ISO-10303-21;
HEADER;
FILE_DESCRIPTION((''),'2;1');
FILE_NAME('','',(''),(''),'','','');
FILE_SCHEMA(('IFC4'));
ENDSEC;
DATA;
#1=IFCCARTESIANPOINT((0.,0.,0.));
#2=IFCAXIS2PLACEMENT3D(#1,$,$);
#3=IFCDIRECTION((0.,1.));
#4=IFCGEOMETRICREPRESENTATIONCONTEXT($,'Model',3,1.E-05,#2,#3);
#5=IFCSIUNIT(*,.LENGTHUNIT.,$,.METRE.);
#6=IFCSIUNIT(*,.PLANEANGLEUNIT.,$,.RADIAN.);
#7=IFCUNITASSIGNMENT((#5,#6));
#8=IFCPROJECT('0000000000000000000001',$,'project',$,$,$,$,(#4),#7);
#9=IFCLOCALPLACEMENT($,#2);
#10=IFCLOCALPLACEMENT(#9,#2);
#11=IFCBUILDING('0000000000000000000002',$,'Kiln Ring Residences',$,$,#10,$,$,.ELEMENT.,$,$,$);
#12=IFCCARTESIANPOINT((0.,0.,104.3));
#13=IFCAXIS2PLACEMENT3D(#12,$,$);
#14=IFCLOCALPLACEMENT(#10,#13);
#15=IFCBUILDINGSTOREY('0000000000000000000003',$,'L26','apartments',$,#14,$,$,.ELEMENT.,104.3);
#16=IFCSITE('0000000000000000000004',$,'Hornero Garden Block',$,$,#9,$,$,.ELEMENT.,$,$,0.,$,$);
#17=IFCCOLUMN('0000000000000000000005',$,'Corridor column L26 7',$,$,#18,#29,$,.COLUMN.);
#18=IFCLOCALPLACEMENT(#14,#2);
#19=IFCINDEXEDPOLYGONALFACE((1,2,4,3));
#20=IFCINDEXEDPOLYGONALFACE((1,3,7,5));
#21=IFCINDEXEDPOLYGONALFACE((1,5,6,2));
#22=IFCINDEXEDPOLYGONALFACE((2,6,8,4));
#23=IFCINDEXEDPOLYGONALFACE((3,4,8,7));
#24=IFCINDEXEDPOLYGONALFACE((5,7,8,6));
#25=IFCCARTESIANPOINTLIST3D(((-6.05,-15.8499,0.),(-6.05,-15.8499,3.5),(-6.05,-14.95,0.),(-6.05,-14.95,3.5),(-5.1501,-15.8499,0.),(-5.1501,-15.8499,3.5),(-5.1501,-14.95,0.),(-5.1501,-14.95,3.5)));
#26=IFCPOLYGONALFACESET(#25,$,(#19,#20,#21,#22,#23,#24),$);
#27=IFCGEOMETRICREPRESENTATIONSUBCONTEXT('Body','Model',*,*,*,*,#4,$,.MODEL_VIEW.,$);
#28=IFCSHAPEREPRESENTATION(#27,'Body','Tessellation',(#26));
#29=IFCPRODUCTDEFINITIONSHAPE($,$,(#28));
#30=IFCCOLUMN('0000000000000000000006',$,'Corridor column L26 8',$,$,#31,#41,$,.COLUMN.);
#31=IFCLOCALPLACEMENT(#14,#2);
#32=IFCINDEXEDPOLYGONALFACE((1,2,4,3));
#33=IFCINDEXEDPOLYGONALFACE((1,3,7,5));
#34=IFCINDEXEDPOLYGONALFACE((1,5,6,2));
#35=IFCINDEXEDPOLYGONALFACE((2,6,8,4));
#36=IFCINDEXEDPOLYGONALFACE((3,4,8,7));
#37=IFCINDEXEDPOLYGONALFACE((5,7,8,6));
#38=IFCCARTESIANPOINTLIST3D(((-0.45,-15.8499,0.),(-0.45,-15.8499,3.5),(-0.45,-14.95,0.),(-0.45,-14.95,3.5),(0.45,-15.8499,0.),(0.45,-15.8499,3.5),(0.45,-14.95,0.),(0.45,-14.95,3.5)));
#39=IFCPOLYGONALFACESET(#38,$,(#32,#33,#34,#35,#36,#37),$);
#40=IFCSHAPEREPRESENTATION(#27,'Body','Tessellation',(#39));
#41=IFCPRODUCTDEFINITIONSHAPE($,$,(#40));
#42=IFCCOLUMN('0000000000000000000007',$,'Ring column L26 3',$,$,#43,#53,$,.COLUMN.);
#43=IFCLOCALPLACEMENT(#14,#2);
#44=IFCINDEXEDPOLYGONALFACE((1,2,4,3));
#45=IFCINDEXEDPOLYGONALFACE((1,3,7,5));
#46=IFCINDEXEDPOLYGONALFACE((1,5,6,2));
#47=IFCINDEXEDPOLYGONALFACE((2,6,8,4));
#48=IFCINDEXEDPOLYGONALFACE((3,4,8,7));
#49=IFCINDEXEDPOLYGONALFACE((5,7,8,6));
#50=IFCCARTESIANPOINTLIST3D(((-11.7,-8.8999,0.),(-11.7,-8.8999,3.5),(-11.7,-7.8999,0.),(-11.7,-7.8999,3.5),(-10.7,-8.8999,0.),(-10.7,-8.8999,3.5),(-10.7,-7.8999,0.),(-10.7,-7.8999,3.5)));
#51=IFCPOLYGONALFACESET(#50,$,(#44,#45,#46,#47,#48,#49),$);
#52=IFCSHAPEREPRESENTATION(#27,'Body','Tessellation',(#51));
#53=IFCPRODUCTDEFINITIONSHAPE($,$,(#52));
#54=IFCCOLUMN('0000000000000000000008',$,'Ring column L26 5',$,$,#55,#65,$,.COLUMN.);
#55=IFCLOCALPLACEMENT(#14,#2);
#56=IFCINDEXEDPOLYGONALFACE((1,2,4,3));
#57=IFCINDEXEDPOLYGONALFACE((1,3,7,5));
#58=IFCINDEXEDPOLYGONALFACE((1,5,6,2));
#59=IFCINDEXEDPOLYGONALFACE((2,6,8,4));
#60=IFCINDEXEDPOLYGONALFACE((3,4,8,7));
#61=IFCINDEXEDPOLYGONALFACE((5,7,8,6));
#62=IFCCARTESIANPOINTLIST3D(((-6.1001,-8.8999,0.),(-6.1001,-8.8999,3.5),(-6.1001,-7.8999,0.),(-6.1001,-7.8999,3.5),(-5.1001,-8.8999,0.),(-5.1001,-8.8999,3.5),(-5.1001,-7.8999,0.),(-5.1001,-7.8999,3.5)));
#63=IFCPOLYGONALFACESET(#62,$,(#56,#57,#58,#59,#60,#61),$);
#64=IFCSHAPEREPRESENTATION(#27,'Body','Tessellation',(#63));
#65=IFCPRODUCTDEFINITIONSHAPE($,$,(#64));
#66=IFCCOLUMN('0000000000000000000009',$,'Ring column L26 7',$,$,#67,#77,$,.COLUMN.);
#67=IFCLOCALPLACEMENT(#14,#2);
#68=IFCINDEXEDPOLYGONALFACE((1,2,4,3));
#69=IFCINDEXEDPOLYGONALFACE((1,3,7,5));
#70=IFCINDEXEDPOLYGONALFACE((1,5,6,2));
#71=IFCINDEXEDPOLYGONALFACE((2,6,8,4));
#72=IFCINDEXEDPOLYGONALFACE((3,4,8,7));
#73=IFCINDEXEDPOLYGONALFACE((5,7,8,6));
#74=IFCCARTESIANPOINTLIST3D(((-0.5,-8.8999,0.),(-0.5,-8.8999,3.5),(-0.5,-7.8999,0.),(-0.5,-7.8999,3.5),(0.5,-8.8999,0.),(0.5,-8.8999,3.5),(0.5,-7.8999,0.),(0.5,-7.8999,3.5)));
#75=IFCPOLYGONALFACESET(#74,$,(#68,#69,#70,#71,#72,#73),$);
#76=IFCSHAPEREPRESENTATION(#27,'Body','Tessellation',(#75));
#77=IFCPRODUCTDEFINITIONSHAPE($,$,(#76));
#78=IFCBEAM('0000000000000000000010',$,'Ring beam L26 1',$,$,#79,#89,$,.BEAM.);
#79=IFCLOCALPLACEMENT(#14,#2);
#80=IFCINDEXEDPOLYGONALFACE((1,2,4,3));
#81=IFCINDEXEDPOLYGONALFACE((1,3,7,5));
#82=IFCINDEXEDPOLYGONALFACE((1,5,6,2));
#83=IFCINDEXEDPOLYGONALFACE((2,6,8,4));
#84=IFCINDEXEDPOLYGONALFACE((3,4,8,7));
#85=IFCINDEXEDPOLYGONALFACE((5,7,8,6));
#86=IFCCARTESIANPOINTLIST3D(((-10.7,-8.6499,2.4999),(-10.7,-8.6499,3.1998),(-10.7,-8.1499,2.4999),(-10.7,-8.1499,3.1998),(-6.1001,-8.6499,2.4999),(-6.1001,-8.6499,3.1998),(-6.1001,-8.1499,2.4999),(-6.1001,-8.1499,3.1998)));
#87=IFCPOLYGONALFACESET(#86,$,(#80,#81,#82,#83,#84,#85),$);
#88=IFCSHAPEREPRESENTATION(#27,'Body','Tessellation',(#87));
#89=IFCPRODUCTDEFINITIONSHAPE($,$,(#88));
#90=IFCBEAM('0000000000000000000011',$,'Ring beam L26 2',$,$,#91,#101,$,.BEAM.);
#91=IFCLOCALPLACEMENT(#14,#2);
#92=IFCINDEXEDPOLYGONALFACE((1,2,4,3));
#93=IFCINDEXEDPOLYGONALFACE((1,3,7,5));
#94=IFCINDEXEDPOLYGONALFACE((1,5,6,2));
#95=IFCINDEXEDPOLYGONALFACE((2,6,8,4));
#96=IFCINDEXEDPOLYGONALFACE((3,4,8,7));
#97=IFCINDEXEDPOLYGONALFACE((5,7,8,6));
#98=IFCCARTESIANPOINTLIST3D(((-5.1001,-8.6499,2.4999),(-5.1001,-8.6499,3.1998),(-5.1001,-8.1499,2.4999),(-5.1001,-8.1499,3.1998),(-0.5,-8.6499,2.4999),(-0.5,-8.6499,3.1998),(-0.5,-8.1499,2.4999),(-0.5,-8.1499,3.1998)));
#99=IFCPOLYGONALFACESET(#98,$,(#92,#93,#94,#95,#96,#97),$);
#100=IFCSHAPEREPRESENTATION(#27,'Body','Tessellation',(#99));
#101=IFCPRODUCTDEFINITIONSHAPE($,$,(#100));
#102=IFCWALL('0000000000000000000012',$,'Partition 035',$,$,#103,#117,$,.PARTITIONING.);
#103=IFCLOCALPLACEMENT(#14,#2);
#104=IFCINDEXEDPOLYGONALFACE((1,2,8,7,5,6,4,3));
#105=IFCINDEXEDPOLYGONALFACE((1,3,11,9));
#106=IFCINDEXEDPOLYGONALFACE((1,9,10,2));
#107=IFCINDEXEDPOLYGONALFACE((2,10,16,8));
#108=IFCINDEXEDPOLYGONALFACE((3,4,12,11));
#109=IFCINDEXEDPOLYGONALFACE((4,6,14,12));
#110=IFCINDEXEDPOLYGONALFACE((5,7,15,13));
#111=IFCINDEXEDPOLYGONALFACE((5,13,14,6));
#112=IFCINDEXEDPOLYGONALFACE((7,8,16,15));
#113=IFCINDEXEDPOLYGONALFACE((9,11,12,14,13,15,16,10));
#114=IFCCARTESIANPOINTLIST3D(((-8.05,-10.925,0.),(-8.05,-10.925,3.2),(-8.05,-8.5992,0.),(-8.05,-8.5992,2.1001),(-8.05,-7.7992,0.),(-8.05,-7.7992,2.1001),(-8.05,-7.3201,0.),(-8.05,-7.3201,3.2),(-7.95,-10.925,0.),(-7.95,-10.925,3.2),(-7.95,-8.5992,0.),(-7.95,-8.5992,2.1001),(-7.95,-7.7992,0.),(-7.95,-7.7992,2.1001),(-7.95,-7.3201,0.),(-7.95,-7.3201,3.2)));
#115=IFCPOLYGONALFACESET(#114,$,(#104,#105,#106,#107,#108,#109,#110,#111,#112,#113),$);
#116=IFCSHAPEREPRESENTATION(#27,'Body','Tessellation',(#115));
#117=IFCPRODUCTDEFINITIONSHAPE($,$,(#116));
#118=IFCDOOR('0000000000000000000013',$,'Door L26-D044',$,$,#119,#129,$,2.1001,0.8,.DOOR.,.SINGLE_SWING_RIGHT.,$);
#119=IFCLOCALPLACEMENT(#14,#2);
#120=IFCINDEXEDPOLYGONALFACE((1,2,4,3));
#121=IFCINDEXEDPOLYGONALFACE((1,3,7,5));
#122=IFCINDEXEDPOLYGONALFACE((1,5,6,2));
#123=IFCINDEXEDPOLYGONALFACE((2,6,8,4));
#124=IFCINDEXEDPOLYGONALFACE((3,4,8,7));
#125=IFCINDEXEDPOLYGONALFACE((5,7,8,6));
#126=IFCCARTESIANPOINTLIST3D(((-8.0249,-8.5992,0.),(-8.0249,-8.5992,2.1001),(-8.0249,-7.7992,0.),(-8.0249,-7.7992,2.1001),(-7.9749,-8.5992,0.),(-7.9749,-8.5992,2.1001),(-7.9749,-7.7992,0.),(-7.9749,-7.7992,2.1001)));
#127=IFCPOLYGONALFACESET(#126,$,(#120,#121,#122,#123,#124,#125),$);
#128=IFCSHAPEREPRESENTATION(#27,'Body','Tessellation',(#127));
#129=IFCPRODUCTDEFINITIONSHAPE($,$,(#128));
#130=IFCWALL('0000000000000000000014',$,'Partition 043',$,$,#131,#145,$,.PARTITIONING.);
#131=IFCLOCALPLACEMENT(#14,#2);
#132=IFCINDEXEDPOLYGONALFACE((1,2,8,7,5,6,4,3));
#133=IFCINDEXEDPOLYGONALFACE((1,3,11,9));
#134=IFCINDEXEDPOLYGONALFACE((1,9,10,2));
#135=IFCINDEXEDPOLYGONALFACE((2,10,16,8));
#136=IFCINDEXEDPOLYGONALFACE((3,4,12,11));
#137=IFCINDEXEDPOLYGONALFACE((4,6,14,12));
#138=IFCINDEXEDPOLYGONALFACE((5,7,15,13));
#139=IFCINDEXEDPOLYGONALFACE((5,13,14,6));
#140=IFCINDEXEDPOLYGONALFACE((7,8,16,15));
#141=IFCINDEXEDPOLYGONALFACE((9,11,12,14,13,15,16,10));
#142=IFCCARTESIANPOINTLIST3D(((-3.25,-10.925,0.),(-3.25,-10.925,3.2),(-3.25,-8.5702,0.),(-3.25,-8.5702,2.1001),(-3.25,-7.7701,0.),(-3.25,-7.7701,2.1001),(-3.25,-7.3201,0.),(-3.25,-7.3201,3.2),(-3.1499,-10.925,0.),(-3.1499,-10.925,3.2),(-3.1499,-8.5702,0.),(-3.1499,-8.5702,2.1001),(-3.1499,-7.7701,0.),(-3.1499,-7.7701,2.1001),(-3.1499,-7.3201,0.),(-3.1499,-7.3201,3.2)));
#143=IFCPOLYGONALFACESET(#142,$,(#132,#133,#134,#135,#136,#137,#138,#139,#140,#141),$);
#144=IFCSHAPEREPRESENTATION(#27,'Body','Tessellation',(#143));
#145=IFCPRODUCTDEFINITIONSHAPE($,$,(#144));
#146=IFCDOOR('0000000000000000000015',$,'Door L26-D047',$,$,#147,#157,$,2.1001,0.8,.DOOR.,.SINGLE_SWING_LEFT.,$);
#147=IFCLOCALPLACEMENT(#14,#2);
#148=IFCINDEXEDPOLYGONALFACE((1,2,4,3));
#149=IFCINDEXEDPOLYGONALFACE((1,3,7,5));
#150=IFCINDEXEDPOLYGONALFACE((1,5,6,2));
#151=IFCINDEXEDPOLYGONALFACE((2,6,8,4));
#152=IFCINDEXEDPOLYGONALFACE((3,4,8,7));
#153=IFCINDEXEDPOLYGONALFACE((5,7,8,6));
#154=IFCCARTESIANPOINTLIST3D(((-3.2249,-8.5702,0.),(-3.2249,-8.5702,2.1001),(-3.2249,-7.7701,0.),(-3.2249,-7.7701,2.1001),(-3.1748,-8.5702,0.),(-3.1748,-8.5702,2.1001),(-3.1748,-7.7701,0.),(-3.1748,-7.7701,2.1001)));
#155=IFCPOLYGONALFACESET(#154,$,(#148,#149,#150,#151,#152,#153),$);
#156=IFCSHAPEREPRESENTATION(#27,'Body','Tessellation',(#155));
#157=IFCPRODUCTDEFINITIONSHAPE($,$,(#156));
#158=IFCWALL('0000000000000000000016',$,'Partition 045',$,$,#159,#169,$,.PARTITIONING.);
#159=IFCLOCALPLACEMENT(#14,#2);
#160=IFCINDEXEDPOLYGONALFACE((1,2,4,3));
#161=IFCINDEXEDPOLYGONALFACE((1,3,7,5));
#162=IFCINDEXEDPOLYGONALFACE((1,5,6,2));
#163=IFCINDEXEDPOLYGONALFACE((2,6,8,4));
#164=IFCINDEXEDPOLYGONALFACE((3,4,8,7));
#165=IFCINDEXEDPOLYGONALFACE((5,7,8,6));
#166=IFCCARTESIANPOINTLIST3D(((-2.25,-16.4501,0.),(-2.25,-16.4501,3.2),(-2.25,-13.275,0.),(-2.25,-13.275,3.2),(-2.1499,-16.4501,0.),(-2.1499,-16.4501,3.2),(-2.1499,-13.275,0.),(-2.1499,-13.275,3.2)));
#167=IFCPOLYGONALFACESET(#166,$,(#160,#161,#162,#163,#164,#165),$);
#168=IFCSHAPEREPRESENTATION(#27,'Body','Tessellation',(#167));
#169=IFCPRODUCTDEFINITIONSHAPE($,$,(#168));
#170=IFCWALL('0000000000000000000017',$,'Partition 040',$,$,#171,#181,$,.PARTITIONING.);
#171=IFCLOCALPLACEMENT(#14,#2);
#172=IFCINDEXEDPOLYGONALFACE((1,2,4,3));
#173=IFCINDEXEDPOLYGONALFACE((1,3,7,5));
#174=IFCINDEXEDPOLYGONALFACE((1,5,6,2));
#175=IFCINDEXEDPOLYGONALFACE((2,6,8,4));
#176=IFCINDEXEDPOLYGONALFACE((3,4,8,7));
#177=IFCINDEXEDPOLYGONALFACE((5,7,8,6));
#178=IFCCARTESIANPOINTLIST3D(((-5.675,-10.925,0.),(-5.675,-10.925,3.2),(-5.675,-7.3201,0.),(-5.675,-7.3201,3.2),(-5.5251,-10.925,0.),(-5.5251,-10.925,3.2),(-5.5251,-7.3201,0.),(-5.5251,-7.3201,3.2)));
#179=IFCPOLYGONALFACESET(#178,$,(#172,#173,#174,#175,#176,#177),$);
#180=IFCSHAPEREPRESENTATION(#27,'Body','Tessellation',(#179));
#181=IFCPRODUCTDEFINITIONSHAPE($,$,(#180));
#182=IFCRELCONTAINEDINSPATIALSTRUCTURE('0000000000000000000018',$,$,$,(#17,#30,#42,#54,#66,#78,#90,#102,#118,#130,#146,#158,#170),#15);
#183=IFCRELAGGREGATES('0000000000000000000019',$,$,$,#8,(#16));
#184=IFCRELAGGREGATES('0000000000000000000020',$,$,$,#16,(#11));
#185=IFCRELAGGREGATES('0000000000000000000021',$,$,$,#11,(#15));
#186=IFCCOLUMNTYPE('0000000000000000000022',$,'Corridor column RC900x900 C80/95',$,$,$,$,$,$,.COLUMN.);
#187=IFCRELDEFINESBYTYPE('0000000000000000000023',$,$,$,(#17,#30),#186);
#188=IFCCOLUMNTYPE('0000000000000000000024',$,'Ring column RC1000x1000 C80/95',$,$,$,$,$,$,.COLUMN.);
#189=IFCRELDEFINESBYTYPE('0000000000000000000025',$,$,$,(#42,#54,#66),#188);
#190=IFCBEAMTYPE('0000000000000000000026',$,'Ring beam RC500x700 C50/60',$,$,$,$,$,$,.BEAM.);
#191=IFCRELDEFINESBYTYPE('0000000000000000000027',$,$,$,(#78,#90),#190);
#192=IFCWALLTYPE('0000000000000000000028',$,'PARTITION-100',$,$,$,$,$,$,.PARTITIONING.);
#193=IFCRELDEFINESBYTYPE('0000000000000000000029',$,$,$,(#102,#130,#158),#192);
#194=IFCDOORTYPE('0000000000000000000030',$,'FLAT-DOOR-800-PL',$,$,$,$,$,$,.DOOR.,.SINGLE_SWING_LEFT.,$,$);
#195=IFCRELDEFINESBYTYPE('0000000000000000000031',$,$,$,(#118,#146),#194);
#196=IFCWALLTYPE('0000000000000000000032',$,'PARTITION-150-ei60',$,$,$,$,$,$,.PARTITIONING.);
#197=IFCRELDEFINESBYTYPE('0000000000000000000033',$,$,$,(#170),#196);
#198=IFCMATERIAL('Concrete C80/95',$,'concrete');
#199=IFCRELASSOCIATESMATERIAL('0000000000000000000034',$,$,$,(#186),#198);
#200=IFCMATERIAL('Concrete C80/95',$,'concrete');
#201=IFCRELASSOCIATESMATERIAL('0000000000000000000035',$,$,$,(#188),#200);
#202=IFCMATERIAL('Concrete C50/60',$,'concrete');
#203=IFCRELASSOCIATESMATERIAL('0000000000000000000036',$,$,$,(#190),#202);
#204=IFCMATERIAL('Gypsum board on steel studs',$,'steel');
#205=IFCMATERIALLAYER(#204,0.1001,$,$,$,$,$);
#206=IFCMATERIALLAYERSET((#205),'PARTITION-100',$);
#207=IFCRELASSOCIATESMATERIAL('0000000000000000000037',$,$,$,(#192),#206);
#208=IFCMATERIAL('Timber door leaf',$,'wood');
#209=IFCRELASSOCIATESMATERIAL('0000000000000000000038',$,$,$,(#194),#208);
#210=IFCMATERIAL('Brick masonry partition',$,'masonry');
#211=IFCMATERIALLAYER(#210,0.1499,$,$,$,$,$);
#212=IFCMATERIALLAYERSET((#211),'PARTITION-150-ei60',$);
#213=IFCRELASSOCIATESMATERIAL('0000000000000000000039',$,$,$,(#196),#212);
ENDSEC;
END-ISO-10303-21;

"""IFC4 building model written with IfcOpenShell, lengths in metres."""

from ifc_helpers import new_model, si_unit, direction, frame, frame_2d, origin, origin_2d, place, context, subcontext, project, spatial, rectangle, extrude, material, layer, layer_set, material_profile, profile_set, type_object, element, fill, save


model = new_model("IFC4")

# Units and contexts
model_context = context("Model", 3, precision=1e-05, world=origin(), true_north=direction((0.0, 1.0)))
body_context = subcontext(model_context, "Body", "Model", "MODEL_VIEW")
ifc_project = project(units=[si_unit("LENGTHUNIT", "METRE"), si_unit("PLANEANGLEUNIT", "RADIAN")], contexts=[model_context])

# Site, building, storey
site_placement = place(None, origin())
site = spatial("IfcSite", under=ifc_project, at=site_placement, Name="Hornero Garden Block", CompositionType="ELEMENT", RefElevation=0.0)
building_placement = place(site_placement, origin())
building = spatial("IfcBuilding", under=site, at=building_placement, Name="Kiln Ring Residences", CompositionType="ELEMENT")
storey_placement = place(building_placement, frame((0.0, 0.0, 104.3)))
storey = spatial("IfcBuildingStorey", under=building, at=storey_placement, Name="L26", Description="apartments", CompositionType="ELEMENT", Elevation=104.3)

# Columns
ifc_material_1 = material(Name="Concrete C80/95", Category="concrete")
ifc_material_profile_1 = material_profile(ifc_material_1, rectangle(XDim=0.8999, YDim=0.8999, at=origin_2d()), Name="RC900x900")
ifc_profile_set_1 = profile_set([ifc_material_profile_1], Name="Concrete C80/95")
column_type_1 = type_object("IfcColumnType", Name="Corridor column RC900x900 C80/95", PredefinedType="COLUMN", material=ifc_profile_set_1)
for number, where, z_axis, x_axis, name in (
    (1, (-5.6001, -15.3999, 0.0), (0.0, 0.0, 1.0), (1.0, 0.0, 0.0), "Corridor column L26 7"),
    (2, (0.0, -15.3999, 0.0), (0.0, 0.0, 1.0), (1.0, 0.0, 0.0), "Corridor column L26 8"),
):
    element("IfcColumn", number, at=place(storey_placement, frame(where, z_axis=z_axis, x_axis=x_axis)), inside=storey, type_object=column_type_1, Name=name, PredefinedType="COLUMN", context=body_context, shape_type="SweptSolid", body=[
        extrude(rectangle(XDim=0.8999, YDim=0.8999, at=origin_2d()), origin(), (0.0, 0.0, 1.0), 3.5),
    ])
ifc_material_2 = material(Name="Concrete C80/95", Category="concrete")
ifc_material_profile_2 = material_profile(ifc_material_2, rectangle(XDim=1.0, YDim=1.0, at=origin_2d()), Name="RC1000x1000")
ifc_profile_set_2 = profile_set([ifc_material_profile_2], Name="Concrete C80/95")
column_type_2 = type_object("IfcColumnType", Name="Ring column RC1000x1000 C80/95", PredefinedType="COLUMN", material=ifc_profile_set_2)
for number, where, z_axis, x_axis, name in (
    (3, (-11.2, -8.3999, 0.0), (0.0, 0.0, 1.0), (1.0, 0.0, 0.0), "Ring column L26 3"),
    (4, (-5.6001, -8.3999, 0.0), (0.0, 0.0, 1.0), (1.0, 0.0, 0.0), "Ring column L26 5"),
    (5, (0.0, -8.3999, 0.0), (0.0, 0.0, 1.0), (1.0, 0.0, 0.0), "Ring column L26 7"),
):
    element("IfcColumn", number, at=place(storey_placement, frame(where, z_axis=z_axis, x_axis=x_axis)), inside=storey, type_object=column_type_2, Name=name, PredefinedType="COLUMN", context=body_context, shape_type="SweptSolid", body=[
        extrude(rectangle(XDim=1.0, YDim=1.0, at=origin_2d()), origin(), (0.0, 0.0, 1.0), 3.5),
    ])

# Beams
ifc_material_3 = material(Name="Concrete C50/60", Category="concrete")
ifc_material_profile_3 = material_profile(ifc_material_3, rectangle(XDim=0.5, YDim=0.7, at=origin_2d()), Name="RC500x700")
ifc_profile_set_3 = profile_set([ifc_material_profile_3], Name="Concrete C50/60")
beam_type = type_object("IfcBeamType", Name="Ring beam RC500x700 C50/60", PredefinedType="BEAM", material=ifc_profile_set_3)
beam_1_placement = place(storey_placement, frame((-10.7, -8.3999, 2.8499), z_axis=(1.0, 0.0, 0.0), x_axis=(0.0, 1.0, 0.0)))
element("IfcBeam", 6, at=beam_1_placement, inside=storey, type_object=beam_type, Name="Ring beam L26 1", PredefinedType="BEAM", context=body_context, shape_type="SweptSolid", body=[
    extrude(rectangle(XDim=0.5, YDim=0.7, at=origin_2d()), origin(), (0.0, 0.0, 1.0), 4.5999),
])
beam_2_placement = place(storey_placement, frame((-5.1001, -8.3999, 2.8499), z_axis=(1.0, 0.0, 0.0), x_axis=(0.0, 1.0, 0.0)))
element("IfcBeam", 7, at=beam_2_placement, inside=storey, type_object=beam_type, Name="Ring beam L26 2", PredefinedType="BEAM", context=body_context, shape_type="SweptSolid", body=[
    extrude(rectangle(XDim=0.5, YDim=0.7, at=origin_2d()), origin(), (0.0, 0.0, 1.0), 4.6001),
])

# Walls, openings, doors
ifc_material_4 = material(Name="Gypsum board on steel studs", Category="steel")
ifc_layer_1 = layer(ifc_material_4, 0.1001)
ifc_layer_set_1 = layer_set([ifc_layer_1], Name="PARTITION-100")
wall_type_1 = type_object("IfcWallType", Name="PARTITION-100", PredefinedType="PARTITIONING", material=ifc_layer_set_1)
wall_1_placement = place(storey_placement, frame((-8.0, -10.925, 0.0), z_axis=(0.0, 0.0, 1.0), x_axis=(0.0, 1.0, 0.0)))
wall_1 = element("IfcWall", 8, at=wall_1_placement, inside=storey, type_object=wall_type_1, Name="Partition 035", PredefinedType="PARTITIONING", context=body_context, shape_type="SweptSolid", body=[
    extrude(rectangle(XDim=3.605, YDim=0.1001, at=frame_2d((1.8025, 0.0))), origin(), (0.0, 0.0, 1.0), 3.2),
])
opening_1_placement = place(wall_1_placement, frame((2.3259, 0.0, 0.0)))
opening_1 = element("IfcOpeningElement", 9, at=opening_1_placement, cuts=wall_1, PredefinedType="OPENING", context=body_context, shape_type="SweptSolid", body=[
    extrude(rectangle(XDim=0.8, YDim=2.1001, at=frame_2d((0.3999, 1.05))), frame((0.0, 0.0601, 0.0), z_axis=(0.0, -1.0, 0.0), x_axis=(1.0, 0.0, 0.0)), (0.0, 0.0, 1.0), 0.1201),
])
ifc_material_5 = material(Name="Timber door leaf", Category="wood")
door_type = type_object("IfcDoorType", Name="FLAT-DOOR-800-PL", OperationType="SINGLE_SWING_LEFT", PredefinedType="DOOR", material=ifc_material_5)
door_1_placement = place(opening_1_placement, origin())
door_1 = element("IfcDoor", 10, at=door_1_placement, inside=storey, type_object=door_type, Name="Door L26-D044", OperationType="SINGLE_SWING_RIGHT", OverallHeight=2.1001, OverallWidth=0.8, PredefinedType="DOOR", context=body_context, shape_type="SweptSolid", body=[
    extrude(rectangle(XDim=0.8, YDim=2.1001, at=frame_2d((0.3999, 1.05))), frame((0.0, 0.0249, 0.0), z_axis=(0.0, -1.0, 0.0), x_axis=(1.0, 0.0, 0.0)), (0.0, 0.0, 1.0), 0.05),
])
fill(opening_1, door_1)
wall_2_placement = place(storey_placement, frame((-3.2, -10.925, 0.0), z_axis=(0.0, 0.0, 1.0), x_axis=(0.0, 1.0, 0.0)))
wall_2 = element("IfcWall", 11, at=wall_2_placement, inside=storey, type_object=wall_type_1, Name="Partition 043", PredefinedType="PARTITIONING", context=body_context, shape_type="SweptSolid", body=[
    extrude(rectangle(XDim=3.605, YDim=0.1001, at=frame_2d((1.8025, 0.0))), origin(), (0.0, 0.0, 1.0), 3.2),
])
opening_2_placement = place(wall_2_placement, frame((2.355, 0.0, 0.0)))
opening_2 = element("IfcOpeningElement", 12, at=opening_2_placement, cuts=wall_2, PredefinedType="OPENING", context=body_context, shape_type="SweptSolid", body=[
    extrude(rectangle(XDim=0.8, YDim=2.1001, at=frame_2d((0.3999, 1.05))), frame((0.0, 0.0601, 0.0), z_axis=(0.0, -1.0, 0.0), x_axis=(1.0, 0.0, 0.0)), (0.0, 0.0, 1.0), 0.1201),
])
door_2_placement = place(opening_2_placement, origin())
door_2 = element("IfcDoor", 13, at=door_2_placement, inside=storey, type_object=door_type, Name="Door L26-D047", OperationType="SINGLE_SWING_LEFT", OverallHeight=2.1001, OverallWidth=0.8, PredefinedType="DOOR", context=body_context, shape_type="SweptSolid", body=[
    extrude(rectangle(XDim=0.8, YDim=2.1001, at=frame_2d((0.3999, 1.05))), frame((0.0, 0.0249, 0.0), z_axis=(0.0, -1.0, 0.0), x_axis=(1.0, 0.0, 0.0)), (0.0, 0.0, 1.0), 0.05),
])
fill(opening_2, door_2)

# Walls
wall_3_placement = place(storey_placement, frame((-2.2, -16.45, 0.0), z_axis=(0.0, 0.0, 1.0), x_axis=(0.0, 1.0, 0.0)))
element("IfcWall", 14, at=wall_3_placement, inside=storey, type_object=wall_type_1, Name="Partition 045", PredefinedType="PARTITIONING", context=body_context, shape_type="SweptSolid", body=[
    extrude(rectangle(XDim=3.175, YDim=0.1001, at=frame_2d((1.5874, 0.0))), origin(), (0.0, 0.0, 1.0), 3.2),
])
ifc_material_6 = material(Name="Brick masonry partition", Category="masonry")
ifc_layer_2 = layer(ifc_material_6, 0.1499)
ifc_layer_set_2 = layer_set([ifc_layer_2], Name="PARTITION-150-ei60")
wall_type_2 = type_object("IfcWallType", Name="PARTITION-150-ei60", PredefinedType="PARTITIONING", material=ifc_layer_set_2)
wall_4_placement = place(storey_placement, frame((-5.6001, -10.925, 0.0), z_axis=(0.0, 0.0, 1.0), x_axis=(0.0, 1.0, 0.0)))
element("IfcWall", 15, at=wall_4_placement, inside=storey, type_object=wall_type_2, Name="Partition 040", PredefinedType="PARTITIONING", context=body_context, shape_type="SweptSolid", body=[
    extrude(rectangle(XDim=3.605, YDim=0.1499, at=frame_2d((1.8025, 0.0))), origin(), (0.0, 0.0, 1.0), 3.2),
])

save(model, "model.ifc")
